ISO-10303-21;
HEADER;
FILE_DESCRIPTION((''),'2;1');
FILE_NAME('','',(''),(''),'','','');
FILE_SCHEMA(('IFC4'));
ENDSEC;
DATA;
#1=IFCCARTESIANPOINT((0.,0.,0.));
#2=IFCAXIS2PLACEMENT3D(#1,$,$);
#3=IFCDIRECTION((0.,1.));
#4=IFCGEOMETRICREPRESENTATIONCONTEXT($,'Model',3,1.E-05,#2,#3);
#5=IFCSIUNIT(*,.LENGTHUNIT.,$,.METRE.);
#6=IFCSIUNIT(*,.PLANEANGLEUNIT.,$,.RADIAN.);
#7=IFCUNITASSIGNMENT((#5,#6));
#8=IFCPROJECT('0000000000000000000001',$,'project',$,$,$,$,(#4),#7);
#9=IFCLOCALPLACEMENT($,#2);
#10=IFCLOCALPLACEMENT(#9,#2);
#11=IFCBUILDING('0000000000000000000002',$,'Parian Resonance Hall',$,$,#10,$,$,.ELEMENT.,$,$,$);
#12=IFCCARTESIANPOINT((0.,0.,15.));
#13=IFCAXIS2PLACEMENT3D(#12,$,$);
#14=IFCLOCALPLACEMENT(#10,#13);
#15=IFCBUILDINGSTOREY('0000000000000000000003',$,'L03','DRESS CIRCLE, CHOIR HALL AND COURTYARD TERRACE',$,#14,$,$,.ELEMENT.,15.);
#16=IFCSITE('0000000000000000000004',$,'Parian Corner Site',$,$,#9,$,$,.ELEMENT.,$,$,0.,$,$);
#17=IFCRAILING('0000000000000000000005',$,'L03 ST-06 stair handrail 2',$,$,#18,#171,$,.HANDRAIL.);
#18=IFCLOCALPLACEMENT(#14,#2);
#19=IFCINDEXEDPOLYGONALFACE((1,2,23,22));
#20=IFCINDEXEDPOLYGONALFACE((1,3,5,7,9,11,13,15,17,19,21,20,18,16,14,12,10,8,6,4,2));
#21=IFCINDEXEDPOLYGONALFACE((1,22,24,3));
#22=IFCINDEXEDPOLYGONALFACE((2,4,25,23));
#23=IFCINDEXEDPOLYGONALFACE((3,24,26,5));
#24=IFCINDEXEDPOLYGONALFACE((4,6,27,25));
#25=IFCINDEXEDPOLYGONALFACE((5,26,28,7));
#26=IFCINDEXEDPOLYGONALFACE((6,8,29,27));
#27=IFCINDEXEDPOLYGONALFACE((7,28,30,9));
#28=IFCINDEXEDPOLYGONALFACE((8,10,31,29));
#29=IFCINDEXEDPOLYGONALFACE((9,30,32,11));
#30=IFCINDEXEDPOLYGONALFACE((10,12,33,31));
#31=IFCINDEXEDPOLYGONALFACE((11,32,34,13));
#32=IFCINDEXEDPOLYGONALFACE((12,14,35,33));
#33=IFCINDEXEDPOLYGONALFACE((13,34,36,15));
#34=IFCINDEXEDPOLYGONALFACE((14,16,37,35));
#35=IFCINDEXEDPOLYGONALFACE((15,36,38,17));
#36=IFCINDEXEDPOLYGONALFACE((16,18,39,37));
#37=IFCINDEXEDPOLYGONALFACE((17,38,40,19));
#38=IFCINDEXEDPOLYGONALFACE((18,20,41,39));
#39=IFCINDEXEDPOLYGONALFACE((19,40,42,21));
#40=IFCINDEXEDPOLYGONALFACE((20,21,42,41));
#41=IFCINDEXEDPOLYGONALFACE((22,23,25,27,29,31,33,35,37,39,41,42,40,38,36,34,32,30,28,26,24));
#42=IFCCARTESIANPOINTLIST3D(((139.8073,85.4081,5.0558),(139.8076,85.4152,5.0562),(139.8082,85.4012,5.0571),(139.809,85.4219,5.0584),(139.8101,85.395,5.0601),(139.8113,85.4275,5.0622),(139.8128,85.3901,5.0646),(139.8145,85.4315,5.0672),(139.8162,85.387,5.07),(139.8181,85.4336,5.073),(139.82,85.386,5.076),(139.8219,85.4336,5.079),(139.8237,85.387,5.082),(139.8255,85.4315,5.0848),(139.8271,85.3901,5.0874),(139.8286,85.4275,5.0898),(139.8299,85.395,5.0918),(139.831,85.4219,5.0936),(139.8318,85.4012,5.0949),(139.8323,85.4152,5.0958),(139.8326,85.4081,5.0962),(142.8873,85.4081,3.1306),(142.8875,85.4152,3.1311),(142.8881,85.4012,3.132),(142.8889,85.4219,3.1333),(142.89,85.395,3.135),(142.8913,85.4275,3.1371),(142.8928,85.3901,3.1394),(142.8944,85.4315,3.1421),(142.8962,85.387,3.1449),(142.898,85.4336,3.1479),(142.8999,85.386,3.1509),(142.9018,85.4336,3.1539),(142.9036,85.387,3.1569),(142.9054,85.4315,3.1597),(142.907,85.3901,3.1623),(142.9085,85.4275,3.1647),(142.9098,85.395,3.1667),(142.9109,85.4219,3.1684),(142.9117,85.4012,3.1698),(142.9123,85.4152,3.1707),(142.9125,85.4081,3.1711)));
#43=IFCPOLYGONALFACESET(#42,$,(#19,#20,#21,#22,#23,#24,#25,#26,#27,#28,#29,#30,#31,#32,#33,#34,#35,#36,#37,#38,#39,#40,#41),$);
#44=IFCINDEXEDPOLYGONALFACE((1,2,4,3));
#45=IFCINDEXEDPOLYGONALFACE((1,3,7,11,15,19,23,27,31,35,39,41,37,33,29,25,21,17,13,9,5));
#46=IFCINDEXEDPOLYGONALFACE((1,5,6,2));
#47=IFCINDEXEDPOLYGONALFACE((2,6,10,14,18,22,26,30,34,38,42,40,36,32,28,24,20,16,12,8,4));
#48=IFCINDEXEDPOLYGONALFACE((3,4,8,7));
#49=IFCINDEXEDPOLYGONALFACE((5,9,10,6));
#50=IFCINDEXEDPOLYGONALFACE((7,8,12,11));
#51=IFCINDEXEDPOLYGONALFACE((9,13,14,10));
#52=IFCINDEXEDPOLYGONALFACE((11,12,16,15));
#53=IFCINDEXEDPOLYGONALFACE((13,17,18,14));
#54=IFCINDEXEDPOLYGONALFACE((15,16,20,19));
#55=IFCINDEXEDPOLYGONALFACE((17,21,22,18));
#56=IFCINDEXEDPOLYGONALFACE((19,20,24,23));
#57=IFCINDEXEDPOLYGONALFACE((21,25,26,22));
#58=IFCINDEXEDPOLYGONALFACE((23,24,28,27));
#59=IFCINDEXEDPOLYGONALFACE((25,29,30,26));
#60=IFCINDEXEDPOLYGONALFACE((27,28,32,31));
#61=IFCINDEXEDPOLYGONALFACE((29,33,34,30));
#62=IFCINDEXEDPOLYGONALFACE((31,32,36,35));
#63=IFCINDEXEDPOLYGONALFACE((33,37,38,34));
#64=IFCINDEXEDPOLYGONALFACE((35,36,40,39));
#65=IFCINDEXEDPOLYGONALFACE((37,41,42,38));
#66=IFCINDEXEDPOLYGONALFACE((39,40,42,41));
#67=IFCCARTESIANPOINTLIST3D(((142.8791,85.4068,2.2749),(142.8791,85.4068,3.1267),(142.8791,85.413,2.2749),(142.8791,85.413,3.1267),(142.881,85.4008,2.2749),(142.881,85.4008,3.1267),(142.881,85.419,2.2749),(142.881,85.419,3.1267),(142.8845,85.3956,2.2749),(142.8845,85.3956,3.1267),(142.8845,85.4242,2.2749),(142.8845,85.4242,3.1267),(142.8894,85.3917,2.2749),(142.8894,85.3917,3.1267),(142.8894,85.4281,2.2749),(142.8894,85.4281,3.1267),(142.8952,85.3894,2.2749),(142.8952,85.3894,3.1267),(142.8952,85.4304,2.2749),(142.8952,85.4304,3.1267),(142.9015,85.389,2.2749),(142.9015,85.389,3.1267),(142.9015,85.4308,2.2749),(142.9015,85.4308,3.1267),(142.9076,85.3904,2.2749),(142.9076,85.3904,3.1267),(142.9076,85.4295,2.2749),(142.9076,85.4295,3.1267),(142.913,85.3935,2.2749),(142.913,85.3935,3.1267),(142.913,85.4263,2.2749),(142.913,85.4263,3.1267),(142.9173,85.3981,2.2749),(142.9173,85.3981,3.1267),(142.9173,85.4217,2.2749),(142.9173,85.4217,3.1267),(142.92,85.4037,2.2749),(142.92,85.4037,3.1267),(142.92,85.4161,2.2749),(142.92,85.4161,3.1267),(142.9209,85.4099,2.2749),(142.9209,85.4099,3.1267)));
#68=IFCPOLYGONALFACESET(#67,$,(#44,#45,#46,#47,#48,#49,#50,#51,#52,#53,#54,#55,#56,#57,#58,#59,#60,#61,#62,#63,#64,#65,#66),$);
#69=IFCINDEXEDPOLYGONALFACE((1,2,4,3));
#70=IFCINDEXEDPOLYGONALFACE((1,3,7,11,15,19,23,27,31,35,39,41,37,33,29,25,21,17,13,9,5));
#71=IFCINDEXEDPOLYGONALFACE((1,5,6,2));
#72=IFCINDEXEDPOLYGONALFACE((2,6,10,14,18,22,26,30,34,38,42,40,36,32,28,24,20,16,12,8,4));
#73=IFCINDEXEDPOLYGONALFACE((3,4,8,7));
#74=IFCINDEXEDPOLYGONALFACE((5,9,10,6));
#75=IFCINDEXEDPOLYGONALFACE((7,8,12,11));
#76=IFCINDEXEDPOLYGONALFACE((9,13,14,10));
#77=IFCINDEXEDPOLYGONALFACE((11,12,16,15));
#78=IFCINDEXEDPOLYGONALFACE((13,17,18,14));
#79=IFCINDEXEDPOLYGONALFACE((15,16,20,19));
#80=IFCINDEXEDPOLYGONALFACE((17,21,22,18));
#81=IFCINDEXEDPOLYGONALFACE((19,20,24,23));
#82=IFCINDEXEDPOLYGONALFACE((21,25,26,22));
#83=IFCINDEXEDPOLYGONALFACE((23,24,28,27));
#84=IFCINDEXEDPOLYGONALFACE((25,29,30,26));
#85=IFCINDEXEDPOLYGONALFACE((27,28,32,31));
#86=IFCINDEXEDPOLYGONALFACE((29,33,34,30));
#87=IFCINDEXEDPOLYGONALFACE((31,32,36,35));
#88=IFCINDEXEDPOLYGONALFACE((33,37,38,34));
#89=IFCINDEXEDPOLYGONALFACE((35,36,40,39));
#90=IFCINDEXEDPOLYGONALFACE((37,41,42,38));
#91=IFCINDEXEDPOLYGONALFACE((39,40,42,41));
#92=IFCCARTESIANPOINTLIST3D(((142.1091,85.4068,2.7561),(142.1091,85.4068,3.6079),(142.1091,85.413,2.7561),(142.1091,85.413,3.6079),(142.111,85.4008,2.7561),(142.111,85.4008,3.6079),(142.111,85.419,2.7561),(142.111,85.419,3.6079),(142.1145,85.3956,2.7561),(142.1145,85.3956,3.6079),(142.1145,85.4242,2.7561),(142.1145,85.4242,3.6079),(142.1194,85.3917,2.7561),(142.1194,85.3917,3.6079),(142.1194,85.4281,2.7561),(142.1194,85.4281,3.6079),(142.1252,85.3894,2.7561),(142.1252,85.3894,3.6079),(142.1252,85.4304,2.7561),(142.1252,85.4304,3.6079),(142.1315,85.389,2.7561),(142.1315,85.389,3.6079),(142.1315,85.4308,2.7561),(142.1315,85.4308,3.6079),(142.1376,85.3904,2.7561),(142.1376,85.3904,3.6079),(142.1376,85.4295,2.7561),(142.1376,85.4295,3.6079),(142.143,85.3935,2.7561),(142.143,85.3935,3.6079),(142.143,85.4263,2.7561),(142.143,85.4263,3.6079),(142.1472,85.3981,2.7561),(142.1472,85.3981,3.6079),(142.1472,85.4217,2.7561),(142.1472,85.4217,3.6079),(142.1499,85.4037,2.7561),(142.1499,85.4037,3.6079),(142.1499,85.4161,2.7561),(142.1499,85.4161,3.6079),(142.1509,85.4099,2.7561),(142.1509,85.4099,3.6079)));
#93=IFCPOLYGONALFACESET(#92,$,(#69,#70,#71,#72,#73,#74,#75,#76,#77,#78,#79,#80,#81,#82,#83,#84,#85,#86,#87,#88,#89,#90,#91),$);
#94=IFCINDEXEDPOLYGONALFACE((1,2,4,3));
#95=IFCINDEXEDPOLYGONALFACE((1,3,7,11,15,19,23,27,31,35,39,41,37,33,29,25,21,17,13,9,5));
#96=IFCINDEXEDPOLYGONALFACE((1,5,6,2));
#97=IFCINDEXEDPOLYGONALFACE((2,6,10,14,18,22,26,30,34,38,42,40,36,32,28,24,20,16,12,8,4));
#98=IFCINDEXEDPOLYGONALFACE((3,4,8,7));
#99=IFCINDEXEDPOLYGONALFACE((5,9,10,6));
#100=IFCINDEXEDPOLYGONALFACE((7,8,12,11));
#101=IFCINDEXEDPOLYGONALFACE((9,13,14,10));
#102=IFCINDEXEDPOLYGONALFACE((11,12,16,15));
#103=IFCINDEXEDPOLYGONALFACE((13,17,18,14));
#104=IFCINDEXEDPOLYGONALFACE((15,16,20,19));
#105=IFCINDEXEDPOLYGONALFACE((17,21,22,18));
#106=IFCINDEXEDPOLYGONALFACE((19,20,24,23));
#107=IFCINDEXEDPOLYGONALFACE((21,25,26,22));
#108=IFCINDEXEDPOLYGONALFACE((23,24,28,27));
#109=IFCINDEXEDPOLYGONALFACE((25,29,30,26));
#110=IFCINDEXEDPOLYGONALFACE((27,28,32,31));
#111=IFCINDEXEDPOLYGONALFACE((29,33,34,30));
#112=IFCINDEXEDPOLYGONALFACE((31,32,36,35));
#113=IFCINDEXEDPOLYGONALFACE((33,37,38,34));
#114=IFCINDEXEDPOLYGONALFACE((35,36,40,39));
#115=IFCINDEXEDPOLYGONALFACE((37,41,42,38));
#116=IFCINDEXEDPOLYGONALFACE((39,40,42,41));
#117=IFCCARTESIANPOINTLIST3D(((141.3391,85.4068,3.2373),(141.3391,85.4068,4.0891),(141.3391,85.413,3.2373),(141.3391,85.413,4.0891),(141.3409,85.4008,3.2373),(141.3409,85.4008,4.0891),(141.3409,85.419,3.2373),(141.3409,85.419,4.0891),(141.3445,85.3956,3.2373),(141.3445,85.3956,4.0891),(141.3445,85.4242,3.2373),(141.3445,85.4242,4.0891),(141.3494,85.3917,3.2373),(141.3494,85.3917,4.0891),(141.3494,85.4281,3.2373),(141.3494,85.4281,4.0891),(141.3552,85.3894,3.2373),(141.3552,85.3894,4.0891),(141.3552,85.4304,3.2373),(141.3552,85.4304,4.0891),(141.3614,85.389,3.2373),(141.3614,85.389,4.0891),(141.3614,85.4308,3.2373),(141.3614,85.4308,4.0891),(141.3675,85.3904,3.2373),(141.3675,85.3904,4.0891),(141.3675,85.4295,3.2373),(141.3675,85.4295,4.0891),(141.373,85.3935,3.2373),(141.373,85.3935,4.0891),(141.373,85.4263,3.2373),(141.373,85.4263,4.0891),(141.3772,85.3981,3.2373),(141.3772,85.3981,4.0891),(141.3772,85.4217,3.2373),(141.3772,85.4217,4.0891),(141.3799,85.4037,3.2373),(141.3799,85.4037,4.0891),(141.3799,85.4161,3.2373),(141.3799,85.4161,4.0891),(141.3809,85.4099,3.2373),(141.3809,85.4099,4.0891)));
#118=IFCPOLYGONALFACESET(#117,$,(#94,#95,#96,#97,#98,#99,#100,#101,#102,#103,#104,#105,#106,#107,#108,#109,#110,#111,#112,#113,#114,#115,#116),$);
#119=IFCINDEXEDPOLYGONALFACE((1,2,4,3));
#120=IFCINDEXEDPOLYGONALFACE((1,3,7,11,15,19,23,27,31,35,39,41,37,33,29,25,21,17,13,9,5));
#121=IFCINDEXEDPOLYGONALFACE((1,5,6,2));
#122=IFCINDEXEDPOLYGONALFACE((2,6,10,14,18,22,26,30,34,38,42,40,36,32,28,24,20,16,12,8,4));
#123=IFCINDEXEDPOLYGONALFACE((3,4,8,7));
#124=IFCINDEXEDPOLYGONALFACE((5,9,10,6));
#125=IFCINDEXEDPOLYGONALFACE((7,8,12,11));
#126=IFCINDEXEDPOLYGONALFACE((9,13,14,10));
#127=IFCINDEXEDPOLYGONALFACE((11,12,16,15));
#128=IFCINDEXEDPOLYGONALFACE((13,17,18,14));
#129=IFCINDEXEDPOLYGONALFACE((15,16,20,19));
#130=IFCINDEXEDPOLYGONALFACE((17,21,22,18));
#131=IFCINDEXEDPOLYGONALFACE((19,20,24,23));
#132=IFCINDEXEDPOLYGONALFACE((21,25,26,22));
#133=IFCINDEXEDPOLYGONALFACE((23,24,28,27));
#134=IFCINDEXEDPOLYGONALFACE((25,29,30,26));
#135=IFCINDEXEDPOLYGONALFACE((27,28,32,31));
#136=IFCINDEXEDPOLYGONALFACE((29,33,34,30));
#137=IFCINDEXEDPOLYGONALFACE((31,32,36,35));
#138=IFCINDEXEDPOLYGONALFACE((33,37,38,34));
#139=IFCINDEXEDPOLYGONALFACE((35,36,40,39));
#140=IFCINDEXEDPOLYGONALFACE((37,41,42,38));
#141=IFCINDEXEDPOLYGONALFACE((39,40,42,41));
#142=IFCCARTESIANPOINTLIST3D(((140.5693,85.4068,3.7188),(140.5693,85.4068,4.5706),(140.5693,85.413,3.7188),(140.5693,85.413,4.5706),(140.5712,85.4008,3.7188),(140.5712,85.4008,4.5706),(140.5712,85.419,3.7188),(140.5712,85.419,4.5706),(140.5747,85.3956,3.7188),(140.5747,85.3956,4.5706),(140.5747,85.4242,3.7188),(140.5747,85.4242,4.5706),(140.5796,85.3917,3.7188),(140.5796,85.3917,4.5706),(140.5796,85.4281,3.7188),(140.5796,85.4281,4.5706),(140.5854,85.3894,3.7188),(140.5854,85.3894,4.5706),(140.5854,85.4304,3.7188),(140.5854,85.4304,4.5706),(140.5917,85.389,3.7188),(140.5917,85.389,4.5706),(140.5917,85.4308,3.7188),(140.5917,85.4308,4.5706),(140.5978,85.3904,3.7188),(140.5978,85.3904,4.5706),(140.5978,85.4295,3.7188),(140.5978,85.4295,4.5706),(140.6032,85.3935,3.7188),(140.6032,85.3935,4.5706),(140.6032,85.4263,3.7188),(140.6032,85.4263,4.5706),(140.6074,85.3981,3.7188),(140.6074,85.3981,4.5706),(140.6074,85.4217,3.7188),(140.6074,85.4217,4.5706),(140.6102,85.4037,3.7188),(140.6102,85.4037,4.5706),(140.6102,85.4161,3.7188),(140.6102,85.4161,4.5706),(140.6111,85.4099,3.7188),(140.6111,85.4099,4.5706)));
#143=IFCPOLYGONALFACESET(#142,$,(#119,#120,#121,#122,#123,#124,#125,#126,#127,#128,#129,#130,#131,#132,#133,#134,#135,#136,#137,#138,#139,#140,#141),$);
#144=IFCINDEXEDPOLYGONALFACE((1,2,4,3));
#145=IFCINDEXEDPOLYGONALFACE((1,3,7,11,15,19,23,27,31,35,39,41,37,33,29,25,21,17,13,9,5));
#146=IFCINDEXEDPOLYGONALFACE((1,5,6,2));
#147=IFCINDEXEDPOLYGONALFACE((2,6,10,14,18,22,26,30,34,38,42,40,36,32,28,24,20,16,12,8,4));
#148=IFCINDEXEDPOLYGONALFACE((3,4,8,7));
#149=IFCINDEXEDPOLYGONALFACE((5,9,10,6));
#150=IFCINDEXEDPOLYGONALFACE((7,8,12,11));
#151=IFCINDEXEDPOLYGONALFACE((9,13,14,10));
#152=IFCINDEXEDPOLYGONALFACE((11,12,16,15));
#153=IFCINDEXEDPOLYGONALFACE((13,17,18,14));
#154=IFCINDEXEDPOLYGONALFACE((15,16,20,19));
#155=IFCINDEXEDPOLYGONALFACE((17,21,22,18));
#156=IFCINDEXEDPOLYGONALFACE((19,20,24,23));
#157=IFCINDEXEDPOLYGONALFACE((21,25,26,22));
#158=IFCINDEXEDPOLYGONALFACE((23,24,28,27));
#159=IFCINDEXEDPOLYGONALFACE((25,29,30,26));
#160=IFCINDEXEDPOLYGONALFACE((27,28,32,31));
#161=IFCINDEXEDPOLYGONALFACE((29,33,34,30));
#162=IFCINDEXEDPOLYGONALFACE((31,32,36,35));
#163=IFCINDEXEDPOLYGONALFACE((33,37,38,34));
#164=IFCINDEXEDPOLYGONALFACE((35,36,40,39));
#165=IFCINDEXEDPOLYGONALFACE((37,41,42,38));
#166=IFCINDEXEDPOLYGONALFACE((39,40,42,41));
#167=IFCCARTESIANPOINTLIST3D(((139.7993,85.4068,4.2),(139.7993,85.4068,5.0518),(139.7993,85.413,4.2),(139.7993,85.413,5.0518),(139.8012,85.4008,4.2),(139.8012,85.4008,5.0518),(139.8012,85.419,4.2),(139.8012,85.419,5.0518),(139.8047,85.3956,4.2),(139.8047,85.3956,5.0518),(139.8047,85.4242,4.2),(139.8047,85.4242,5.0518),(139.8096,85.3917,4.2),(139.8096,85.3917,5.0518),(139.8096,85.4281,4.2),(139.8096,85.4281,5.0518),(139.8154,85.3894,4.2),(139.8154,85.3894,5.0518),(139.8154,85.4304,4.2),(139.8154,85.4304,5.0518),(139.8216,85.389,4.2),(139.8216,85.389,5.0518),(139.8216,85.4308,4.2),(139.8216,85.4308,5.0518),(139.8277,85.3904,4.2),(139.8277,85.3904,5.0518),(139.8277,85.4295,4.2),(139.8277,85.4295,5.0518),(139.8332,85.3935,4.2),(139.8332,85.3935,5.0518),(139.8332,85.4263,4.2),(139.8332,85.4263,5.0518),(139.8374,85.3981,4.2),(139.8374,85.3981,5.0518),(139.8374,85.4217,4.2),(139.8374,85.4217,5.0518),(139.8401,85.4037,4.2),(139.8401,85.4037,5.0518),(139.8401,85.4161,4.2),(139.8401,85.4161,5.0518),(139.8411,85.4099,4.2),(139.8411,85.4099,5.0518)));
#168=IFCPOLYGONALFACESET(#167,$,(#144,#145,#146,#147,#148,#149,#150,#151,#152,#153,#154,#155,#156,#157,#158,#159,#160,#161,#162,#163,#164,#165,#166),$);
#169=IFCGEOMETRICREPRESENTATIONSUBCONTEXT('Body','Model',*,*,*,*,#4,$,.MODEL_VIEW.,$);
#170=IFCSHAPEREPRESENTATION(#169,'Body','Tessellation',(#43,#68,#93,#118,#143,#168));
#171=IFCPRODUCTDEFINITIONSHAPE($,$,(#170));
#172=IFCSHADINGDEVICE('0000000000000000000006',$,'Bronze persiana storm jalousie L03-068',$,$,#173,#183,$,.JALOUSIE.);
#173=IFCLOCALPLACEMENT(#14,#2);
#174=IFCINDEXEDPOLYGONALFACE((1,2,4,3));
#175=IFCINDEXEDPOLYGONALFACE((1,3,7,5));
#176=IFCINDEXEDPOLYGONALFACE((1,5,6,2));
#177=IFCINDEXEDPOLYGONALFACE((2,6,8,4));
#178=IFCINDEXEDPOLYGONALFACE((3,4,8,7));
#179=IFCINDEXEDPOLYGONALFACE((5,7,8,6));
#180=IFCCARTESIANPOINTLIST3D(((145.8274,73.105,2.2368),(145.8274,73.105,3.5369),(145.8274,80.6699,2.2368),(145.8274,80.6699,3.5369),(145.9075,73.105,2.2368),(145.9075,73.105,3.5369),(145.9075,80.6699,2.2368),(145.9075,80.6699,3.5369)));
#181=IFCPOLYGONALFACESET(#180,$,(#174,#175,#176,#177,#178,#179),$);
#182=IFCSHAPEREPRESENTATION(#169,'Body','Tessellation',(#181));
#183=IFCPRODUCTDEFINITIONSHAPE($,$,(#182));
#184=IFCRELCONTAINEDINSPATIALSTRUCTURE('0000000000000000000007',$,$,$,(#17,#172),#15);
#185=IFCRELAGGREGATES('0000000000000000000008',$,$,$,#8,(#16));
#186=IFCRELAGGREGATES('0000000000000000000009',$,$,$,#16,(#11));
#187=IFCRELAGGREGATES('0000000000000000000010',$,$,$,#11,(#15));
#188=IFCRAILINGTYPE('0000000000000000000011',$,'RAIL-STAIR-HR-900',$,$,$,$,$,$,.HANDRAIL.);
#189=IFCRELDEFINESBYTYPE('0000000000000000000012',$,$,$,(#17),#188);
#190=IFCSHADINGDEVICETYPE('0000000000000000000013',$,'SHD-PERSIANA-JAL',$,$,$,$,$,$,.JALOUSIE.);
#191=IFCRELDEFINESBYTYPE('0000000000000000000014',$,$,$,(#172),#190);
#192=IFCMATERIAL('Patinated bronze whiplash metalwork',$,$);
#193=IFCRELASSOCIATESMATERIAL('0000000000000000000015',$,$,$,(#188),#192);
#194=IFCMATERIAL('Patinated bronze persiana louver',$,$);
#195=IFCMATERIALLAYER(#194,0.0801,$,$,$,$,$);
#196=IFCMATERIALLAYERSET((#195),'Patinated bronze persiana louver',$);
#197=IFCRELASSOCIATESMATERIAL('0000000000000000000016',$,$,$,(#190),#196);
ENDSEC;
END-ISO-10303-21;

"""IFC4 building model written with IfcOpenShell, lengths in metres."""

from ifc_helpers import new_model, si_unit, direction, frame, origin, origin_2d, place, context, subcontext, project, spatial, rectangle, circle, extrude, material, layer, layer_set, type_object, element, save


model = new_model("IFC4")

# Units and contexts
model_context = context("Model", 3, precision=1e-05, world=origin(), true_north=direction((0.0, 1.0)))
body_context = subcontext(model_context, "Body", "Model", "MODEL_VIEW")
ifc_project = project(units=[si_unit("LENGTHUNIT", "METRE"), si_unit("PLANEANGLEUNIT", "RADIAN")], contexts=[model_context])

# Site, building, storey
site_placement = place(None, origin())
site = spatial("IfcSite", under=ifc_project, at=site_placement, Name="Parian Corner Site", CompositionType="ELEMENT", RefElevation=0.0)
building_placement = place(site_placement, origin())
building = spatial("IfcBuilding", under=site, at=building_placement, Name="Parian Resonance Hall", CompositionType="ELEMENT")
storey_placement = place(building_placement, frame((0.0, 0.0, 15.0)))
storey = spatial("IfcBuildingStorey", under=building, at=storey_placement, Name="L03", Description="DRESS CIRCLE, CHOIR HALL AND COURTYARD TERRACE", CompositionType="ELEMENT", Elevation=15.0)

# Railing
ifc_material_1 = material(Name="Patinated bronze whiplash metalwork")
railing_type_1 = type_object("IfcRailingType", Name="RAIL-STAIR-HR-900", PredefinedType="HANDRAIL", material=ifc_material_1)
railing_1_placement = place(storey_placement, frame((142.8999, 85.4099, 2.2749)))
element("IfcRailing", 1, at=railing_1_placement, inside=storey, type_object=railing_type_1, Name="L03 ST-06 stair handrail 2", PredefinedType="HANDRAIL", context=body_context, shape_type="SweptSolid", body=[
    extrude(circle(Radius=0.0239, at=origin_2d()), frame((0.0, 0.0, 0.876), z_axis=(-0.847979, 0.0, 0.530029), x_axis=(0.0, -1.0, 0.0)), (0.0, 0.0, 1.0), 3.6321),
    extrude(circle(Radius=0.021, at=origin_2d()), origin(), (0.0, 0.0, 1.0), 0.8518),
    extrude(circle(Radius=0.021, at=origin_2d()), frame((-0.77, 0.0, 0.4812)), (0.0, 0.0, 1.0), 0.8518),
    extrude(circle(Radius=0.021, at=origin_2d()), frame((-1.54, 0.0, 0.9624)), (0.0, 0.0, 1.0), 0.8518),
    extrude(circle(Radius=0.021, at=origin_2d()), frame((-2.3098, 0.0, 1.4438)), (0.0, 0.0, 1.0), 0.8518),
    extrude(circle(Radius=0.021, at=origin_2d()), frame((-3.0798, 0.0, 1.925)), (0.0, 0.0, 1.0), 0.8518),
])

# Shading device
ifc_material_2 = material(Name="Patinated bronze persiana louver")
ifc_layer_1 = layer(ifc_material_2, 0.0801)
ifc_layer_set_1 = layer_set([ifc_layer_1], Name="Patinated bronze persiana louver")
shading_device_type = type_object("IfcShadingDeviceType", Name="SHD-PERSIANA-JAL", PredefinedType="JALOUSIE", material=ifc_layer_set_1)
shading_device_placement = place(storey_placement, frame((145.8674, 76.8875, 2.2368), z_axis=(0.0, 0.0, 1.0), x_axis=(0.0, -1.0, 0.0)))
element("IfcShadingDevice", 2, at=shading_device_placement, inside=storey, type_object=shading_device_type, Name="Bronze persiana storm jalousie L03-068", PredefinedType="JALOUSIE", context=body_context, shape_type="SweptSolid", body=[
    extrude(rectangle(XDim=7.5649, YDim=0.0801, at=origin_2d()), origin(), (0.0, 0.0, 1.0), 1.3),
])

save(model, "model.ifc")
